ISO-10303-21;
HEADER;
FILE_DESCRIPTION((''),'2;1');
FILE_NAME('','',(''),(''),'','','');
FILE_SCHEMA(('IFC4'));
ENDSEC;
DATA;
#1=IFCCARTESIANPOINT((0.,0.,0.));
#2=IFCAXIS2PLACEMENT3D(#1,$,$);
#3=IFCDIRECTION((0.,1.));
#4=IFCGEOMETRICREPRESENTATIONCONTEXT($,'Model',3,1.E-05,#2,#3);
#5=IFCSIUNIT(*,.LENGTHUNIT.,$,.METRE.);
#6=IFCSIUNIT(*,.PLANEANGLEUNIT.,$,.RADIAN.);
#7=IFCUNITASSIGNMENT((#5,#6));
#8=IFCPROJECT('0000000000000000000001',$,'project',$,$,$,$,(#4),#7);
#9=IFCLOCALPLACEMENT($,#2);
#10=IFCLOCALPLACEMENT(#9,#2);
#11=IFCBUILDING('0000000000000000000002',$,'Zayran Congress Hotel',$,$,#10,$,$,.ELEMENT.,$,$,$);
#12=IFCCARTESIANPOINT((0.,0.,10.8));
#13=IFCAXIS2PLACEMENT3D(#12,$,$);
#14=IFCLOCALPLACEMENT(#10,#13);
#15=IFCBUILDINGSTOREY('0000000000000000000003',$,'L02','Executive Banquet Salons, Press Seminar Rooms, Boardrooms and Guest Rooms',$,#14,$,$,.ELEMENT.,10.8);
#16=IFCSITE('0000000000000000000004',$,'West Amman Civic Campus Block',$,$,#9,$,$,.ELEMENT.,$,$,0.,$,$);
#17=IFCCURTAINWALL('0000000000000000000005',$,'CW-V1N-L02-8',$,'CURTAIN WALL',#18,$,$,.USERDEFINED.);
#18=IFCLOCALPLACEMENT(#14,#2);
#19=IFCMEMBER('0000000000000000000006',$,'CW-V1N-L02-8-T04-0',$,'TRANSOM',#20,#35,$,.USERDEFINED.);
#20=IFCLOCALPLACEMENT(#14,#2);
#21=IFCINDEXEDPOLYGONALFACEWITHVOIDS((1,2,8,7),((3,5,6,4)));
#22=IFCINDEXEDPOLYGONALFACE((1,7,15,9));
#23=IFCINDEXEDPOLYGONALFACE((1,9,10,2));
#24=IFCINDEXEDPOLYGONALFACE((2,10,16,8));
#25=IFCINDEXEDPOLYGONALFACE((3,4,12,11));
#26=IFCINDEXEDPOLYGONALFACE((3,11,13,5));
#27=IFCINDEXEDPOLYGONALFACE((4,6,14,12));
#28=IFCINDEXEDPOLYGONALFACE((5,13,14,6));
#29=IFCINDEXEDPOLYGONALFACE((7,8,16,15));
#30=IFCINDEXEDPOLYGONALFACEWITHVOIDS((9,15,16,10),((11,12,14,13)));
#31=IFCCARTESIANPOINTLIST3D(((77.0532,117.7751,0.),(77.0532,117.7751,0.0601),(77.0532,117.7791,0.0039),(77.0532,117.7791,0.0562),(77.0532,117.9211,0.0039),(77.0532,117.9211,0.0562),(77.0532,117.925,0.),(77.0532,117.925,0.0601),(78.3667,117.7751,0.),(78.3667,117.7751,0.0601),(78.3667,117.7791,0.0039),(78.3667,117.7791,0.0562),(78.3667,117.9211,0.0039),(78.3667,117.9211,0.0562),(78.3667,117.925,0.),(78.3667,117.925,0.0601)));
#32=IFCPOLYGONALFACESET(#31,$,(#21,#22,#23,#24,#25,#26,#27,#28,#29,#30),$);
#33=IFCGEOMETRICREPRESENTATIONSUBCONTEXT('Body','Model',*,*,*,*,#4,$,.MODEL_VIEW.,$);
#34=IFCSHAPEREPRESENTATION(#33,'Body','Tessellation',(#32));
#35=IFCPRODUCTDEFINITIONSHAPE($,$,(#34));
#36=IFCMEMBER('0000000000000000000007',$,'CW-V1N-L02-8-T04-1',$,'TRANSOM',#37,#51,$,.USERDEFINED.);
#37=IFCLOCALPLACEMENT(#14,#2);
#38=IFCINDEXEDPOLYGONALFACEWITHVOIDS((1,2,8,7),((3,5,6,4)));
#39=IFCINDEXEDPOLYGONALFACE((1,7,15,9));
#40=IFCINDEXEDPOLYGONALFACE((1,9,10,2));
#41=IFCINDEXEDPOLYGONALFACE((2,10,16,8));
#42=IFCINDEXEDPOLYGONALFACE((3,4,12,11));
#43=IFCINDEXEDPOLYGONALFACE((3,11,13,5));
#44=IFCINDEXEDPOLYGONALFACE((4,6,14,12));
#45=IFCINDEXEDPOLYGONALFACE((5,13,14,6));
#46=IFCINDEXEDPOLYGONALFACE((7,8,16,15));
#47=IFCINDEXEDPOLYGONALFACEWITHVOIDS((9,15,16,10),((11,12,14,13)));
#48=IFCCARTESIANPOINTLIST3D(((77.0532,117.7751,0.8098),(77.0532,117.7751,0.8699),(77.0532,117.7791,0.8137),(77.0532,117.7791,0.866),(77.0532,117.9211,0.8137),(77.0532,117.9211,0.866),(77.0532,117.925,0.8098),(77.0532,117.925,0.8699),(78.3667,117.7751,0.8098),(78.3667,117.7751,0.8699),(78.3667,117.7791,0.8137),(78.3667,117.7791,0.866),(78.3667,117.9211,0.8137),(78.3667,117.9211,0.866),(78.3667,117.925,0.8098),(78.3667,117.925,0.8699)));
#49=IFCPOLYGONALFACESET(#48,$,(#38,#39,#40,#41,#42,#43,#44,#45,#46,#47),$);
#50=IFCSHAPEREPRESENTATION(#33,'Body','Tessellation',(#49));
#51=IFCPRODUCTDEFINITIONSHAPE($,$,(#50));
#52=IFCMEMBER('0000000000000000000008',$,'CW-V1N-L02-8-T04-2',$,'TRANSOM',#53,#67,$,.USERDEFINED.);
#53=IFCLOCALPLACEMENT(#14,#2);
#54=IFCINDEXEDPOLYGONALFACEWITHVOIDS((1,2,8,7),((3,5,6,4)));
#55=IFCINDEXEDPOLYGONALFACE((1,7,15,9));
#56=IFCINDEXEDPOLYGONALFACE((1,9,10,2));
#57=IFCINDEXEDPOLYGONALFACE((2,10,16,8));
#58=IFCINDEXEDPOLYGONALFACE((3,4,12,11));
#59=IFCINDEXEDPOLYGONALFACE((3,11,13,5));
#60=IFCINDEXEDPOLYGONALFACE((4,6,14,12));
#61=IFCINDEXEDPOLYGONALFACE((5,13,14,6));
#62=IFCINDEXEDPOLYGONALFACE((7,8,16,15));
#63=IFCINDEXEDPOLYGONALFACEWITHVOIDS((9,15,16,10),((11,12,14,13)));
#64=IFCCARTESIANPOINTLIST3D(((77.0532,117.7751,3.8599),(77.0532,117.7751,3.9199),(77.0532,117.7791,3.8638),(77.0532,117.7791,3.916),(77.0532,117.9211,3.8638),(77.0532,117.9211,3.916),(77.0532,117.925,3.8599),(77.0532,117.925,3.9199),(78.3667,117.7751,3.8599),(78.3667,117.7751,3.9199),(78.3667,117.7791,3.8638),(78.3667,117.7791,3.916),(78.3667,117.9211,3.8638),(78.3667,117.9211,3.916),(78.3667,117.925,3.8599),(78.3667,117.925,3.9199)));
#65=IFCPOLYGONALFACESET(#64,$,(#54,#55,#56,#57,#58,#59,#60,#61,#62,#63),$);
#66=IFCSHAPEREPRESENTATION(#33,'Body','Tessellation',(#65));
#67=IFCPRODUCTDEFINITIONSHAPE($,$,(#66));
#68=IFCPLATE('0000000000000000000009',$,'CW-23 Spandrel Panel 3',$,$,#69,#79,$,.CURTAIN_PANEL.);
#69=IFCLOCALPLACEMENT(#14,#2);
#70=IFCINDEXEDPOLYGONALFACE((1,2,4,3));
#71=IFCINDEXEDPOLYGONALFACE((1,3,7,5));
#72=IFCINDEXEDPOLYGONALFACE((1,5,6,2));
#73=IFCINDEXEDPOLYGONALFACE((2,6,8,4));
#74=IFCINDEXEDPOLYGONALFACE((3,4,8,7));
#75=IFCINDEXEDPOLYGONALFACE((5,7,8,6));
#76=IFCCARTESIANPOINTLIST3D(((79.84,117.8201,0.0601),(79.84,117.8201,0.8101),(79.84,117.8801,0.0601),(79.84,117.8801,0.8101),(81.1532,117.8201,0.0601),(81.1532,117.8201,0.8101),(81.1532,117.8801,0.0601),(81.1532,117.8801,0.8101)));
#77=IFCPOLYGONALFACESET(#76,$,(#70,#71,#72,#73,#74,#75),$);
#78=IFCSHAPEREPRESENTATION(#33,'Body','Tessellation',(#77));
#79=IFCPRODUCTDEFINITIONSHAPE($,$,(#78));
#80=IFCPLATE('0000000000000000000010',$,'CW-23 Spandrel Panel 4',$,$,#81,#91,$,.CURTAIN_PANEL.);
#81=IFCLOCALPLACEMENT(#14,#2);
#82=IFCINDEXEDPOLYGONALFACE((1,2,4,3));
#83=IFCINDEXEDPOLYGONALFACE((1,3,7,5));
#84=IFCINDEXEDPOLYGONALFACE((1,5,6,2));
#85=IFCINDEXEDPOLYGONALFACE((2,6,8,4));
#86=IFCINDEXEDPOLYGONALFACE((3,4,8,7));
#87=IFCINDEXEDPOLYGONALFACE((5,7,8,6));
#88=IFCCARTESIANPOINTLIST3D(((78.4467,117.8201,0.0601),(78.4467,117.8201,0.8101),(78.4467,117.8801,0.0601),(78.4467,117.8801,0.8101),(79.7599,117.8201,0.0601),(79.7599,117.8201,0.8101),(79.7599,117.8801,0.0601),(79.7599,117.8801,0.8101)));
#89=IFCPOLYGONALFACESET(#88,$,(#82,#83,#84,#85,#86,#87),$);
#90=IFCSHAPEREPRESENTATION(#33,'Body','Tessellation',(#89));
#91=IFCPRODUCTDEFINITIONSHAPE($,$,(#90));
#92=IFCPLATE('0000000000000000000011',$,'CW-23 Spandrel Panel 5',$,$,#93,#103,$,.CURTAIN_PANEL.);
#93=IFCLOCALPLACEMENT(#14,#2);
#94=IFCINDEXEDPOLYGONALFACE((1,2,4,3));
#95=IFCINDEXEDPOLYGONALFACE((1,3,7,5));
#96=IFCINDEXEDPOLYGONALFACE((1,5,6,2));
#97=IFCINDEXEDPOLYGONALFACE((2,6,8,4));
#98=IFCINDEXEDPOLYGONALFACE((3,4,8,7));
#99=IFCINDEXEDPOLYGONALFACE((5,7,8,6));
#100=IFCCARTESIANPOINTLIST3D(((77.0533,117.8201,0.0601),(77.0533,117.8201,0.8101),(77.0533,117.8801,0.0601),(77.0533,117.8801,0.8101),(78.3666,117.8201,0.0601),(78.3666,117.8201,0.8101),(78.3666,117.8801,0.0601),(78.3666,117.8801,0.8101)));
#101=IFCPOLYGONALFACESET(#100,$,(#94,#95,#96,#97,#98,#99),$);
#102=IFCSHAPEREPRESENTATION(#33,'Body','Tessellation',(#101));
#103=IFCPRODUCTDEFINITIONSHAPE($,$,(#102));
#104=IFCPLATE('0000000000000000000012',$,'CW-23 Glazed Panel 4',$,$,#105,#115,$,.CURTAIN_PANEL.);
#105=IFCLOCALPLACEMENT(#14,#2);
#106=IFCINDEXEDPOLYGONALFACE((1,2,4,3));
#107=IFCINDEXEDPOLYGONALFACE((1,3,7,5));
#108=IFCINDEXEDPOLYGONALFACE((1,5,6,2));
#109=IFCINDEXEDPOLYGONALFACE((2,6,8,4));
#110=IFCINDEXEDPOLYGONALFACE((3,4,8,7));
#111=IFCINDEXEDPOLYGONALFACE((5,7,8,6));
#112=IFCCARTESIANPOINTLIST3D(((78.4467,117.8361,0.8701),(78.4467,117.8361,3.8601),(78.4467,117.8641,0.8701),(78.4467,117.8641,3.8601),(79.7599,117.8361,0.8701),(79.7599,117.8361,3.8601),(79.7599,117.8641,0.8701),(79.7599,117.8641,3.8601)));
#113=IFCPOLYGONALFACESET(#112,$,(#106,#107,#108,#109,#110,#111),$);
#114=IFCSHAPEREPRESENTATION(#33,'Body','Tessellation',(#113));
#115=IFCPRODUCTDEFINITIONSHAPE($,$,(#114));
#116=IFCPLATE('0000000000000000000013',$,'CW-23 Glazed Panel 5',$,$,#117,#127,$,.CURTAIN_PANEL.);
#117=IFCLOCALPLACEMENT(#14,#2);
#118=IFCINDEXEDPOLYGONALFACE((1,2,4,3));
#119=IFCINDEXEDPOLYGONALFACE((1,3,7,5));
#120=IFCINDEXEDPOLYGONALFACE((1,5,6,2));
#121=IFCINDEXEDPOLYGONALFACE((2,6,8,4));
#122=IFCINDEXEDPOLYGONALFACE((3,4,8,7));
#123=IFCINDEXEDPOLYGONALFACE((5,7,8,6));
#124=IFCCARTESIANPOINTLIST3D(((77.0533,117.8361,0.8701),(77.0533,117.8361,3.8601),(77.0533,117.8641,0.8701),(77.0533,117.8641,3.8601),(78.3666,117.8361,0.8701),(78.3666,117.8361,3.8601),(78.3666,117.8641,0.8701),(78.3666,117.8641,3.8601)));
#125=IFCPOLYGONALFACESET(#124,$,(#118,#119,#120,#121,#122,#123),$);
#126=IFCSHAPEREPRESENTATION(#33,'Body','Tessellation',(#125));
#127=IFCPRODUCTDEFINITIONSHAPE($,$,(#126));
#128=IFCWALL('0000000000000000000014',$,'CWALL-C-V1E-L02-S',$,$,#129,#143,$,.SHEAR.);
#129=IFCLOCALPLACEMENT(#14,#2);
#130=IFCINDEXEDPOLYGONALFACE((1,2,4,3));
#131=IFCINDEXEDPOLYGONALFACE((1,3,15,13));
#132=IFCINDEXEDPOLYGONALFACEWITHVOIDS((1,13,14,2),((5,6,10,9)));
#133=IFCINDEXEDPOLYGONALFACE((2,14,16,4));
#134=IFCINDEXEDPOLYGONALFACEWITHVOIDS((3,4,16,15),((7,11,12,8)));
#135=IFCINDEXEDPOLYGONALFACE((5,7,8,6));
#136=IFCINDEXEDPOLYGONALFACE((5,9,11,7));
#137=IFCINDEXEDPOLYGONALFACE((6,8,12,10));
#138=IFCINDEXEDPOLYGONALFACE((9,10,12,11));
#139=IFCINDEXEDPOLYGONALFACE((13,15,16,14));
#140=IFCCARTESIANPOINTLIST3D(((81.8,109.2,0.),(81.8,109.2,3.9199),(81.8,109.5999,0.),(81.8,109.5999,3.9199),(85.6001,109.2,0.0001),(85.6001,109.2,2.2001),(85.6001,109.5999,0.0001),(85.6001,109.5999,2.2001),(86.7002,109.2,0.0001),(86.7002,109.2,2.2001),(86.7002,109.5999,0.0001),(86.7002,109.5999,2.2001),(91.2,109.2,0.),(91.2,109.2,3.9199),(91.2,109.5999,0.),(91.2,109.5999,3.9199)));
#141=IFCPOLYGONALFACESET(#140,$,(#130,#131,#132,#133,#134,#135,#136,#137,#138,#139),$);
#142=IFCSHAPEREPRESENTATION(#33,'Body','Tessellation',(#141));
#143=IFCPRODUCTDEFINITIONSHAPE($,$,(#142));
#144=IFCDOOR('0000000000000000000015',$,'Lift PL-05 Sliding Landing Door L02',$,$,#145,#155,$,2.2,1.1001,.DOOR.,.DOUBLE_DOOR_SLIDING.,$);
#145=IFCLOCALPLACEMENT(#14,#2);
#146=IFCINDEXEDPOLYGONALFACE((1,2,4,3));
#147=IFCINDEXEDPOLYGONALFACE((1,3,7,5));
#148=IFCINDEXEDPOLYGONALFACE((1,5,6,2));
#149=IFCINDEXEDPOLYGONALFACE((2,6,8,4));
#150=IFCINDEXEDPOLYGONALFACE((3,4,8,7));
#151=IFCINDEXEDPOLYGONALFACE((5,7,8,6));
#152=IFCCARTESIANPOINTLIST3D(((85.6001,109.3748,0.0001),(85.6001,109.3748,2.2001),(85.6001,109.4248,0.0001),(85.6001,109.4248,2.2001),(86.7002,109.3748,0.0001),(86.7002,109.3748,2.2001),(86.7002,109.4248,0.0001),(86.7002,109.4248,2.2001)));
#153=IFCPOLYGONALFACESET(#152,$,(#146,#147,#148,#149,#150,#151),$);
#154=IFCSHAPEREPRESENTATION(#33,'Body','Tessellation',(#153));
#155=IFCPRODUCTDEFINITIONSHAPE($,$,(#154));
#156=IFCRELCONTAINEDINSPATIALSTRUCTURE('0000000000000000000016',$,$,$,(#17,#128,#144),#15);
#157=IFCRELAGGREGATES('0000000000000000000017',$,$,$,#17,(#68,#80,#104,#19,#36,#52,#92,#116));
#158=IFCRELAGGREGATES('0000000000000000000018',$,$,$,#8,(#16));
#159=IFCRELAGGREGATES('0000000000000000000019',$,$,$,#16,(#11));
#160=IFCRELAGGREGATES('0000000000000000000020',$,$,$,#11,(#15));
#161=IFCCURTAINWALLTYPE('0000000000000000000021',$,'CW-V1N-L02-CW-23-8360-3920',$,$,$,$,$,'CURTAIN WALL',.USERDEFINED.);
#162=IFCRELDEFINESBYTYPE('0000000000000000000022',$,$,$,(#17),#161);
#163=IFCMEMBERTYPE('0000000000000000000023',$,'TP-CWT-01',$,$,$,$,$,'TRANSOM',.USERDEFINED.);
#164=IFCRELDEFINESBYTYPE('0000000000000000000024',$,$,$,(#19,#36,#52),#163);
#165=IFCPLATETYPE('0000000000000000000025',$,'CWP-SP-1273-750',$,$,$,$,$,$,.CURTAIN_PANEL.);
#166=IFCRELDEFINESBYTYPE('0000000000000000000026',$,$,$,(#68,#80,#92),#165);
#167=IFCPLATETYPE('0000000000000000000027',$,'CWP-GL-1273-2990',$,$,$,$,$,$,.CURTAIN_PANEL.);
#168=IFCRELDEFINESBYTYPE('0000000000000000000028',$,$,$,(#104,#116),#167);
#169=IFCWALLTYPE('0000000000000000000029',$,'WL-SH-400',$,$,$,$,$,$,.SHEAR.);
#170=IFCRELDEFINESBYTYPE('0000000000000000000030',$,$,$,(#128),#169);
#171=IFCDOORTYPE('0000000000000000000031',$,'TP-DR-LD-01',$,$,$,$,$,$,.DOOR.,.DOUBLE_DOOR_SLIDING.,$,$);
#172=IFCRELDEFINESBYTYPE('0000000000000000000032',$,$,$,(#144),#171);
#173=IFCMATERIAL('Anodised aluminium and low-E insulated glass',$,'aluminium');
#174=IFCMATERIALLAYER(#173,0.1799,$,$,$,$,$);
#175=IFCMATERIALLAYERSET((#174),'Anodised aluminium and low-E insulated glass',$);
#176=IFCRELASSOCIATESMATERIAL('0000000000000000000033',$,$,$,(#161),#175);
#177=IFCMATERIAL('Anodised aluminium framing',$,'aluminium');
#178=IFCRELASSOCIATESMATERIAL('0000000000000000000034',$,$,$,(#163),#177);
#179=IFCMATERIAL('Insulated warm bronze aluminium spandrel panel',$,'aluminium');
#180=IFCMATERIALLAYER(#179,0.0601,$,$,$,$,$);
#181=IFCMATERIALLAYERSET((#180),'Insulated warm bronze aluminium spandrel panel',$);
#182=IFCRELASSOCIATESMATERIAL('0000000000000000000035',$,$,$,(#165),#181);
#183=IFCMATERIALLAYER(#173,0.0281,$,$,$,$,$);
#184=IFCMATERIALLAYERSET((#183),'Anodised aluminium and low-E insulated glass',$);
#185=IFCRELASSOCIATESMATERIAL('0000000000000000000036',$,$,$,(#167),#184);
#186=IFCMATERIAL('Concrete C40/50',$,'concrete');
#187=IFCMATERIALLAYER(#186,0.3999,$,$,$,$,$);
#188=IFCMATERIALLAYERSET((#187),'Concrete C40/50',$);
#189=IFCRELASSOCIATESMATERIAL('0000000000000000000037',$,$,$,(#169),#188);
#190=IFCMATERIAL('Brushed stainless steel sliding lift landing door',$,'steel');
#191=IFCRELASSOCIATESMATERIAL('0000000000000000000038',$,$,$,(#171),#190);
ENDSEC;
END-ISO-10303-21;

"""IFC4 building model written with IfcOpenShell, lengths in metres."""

from ifc_helpers import new_model, si_unit, direction, frame, frame_2d, origin, origin_2d, place, context, subcontext, project, spatial, rectangle, hollow_rectangle, extrude, material, layer, layer_set, material_profile, profile_set, type_object, element, fill, aggregate, save


model = new_model("IFC4")

# Units and contexts
model_context = context("Model", 3, precision=1e-05, world=origin(), true_north=direction((0.0, 1.0)))
body_context = subcontext(model_context, "Body", "Model", "MODEL_VIEW")
ifc_project = project(units=[si_unit("LENGTHUNIT", "METRE"), si_unit("PLANEANGLEUNIT", "RADIAN")], contexts=[model_context])

# Site, building, storey
site_placement = place(None, origin())
site = spatial("IfcSite", under=ifc_project, at=site_placement, Name="West Amman Civic Campus Block", CompositionType="ELEMENT", RefElevation=0.0)
building_placement = place(site_placement, origin())
building = spatial("IfcBuilding", under=site, at=building_placement, Name="Zayran Congress Hotel", CompositionType="ELEMENT")
storey_placement = place(building_placement, frame((0.0, 0.0, 10.8)))
storey = spatial("IfcBuildingStorey", under=building, at=storey_placement, Name="L02", Description="Executive Banquet Salons, Press Seminar Rooms, Boardrooms and Guest Rooms", CompositionType="ELEMENT", Elevation=10.8)

# Curtain wall, members, plates
ifc_material_1 = material(Name="Anodised aluminium and low-E insulated glass", Category="aluminium")
ifc_layer_1 = layer(ifc_material_1, 0.1799)
ifc_layer_set_1 = layer_set([ifc_layer_1], Name="Anodised aluminium and low-E insulated glass")
curtain_wall_type = type_object("IfcCurtainWallType", Name="CW-V1N-L02-CW-23-8360-3920", ElementType="CURTAIN WALL", PredefinedType="USERDEFINED", material=ifc_layer_set_1)
curtain_wall_placement = place(storey_placement, origin())
curtain_wall = element("IfcCurtainWall", 1, at=curtain_wall_placement, inside=storey, type_object=curtain_wall_type, Name="CW-V1N-L02-8", ObjectType="CURTAIN WALL", PredefinedType="USERDEFINED")
ifc_material_2 = material(Name="Anodised aluminium framing", Category="aluminium")
ifc_material_profile_1 = material_profile(ifc_material_2, hollow_rectangle(XDim=0.0601, YDim=0.1499, WallThickness=0.0039, at=origin_2d()), Name="RHS 150x60x4")
ifc_profile_set_1 = profile_set([ifc_material_profile_1], Name="Anodised aluminium framing")
member_type_1 = type_object("IfcMemberType", Name="TP-CWT-01", ElementType="TRANSOM", PredefinedType="USERDEFINED", material=ifc_profile_set_1)
member_1_placement = place(storey_placement, frame((78.3667, 117.8501, 0.03), z_axis=(-1.0, 0.0, 0.0), x_axis=(0.0, 0.0, 1.0)))
member_1 = element("IfcMember", 2, at=member_1_placement, type_object=member_type_1, Name="CW-V1N-L02-8-T04-0", ObjectType="TRANSOM", PredefinedType="USERDEFINED", context=body_context, shape_type="SweptSolid", body=[
    extrude(hollow_rectangle(XDim=0.0601, YDim=0.1499, WallThickness=0.0039, at=origin_2d()), origin(), (0.0, 0.0, 1.0), 1.3135),
])
member_2_placement = place(storey_placement, frame((78.3667, 117.8501, 0.8398), z_axis=(-1.0, 0.0, 0.0), x_axis=(0.0, 0.0, 1.0)))
member_2 = element("IfcMember", 3, at=member_2_placement, type_object=member_type_1, Name="CW-V1N-L02-8-T04-1", ObjectType="TRANSOM", PredefinedType="USERDEFINED", context=body_context, shape_type="SweptSolid", body=[
    extrude(hollow_rectangle(XDim=0.0601, YDim=0.1499, WallThickness=0.0039, at=origin_2d()), origin(), (0.0, 0.0, 1.0), 1.3135),
])
member_3_placement = place(storey_placement, frame((78.3667, 117.8501, 3.8899), z_axis=(-1.0, 0.0, 0.0), x_axis=(0.0, 0.0, 1.0)))
member_3 = element("IfcMember", 4, at=member_3_placement, type_object=member_type_1, Name="CW-V1N-L02-8-T04-2", ObjectType="TRANSOM", PredefinedType="USERDEFINED", context=body_context, shape_type="SweptSolid", body=[
    extrude(hollow_rectangle(XDim=0.0601, YDim=0.1499, WallThickness=0.0039, at=origin_2d()), origin(), (0.0, 0.0, 1.0), 1.3135),
])
ifc_material_3 = material(Name="Insulated warm bronze aluminium spandrel panel", Category="aluminium")
ifc_layer_2 = layer(ifc_material_3, 0.0601)
ifc_layer_set_2 = layer_set([ifc_layer_2], Name="Insulated warm bronze aluminium spandrel panel")
plate_type_1 = type_object("IfcPlateType", Name="CWP-SP-1273-750", PredefinedType="CURTAIN_PANEL", material=ifc_layer_set_2)
plate_1_placement = place(storey_placement, frame((80.4966, 117.8501, 0.0601), z_axis=(0.0, 0.0, 1.0), x_axis=(1.0, 0.0, 0.0)))
plate_1 = element("IfcPlate", 5, at=plate_1_placement, type_object=plate_type_1, Name="CW-23 Spandrel Panel 3", PredefinedType="CURTAIN_PANEL", context=body_context, shape_type="SweptSolid", body=[
    extrude(rectangle(XDim=1.3132, YDim=0.0601, at=origin_2d()), origin(), (0.0, 0.0, 1.0), 0.75),
])
plate_2_placement = place(storey_placement, frame((79.1033, 117.8501, 0.0601), z_axis=(0.0, 0.0, 1.0), x_axis=(1.0, 0.0, 0.0)))
plate_2 = element("IfcPlate", 6, at=plate_2_placement, type_object=plate_type_1, Name="CW-23 Spandrel Panel 4", PredefinedType="CURTAIN_PANEL", context=body_context, shape_type="SweptSolid", body=[
    extrude(rectangle(XDim=1.3132, YDim=0.0601, at=origin_2d()), origin(), (0.0, 0.0, 1.0), 0.75),
])
plate_3_placement = place(storey_placement, frame((77.71, 117.8501, 0.0601), z_axis=(0.0, 0.0, 1.0), x_axis=(1.0, 0.0, 0.0)))
plate_3 = element("IfcPlate", 7, at=plate_3_placement, type_object=plate_type_1, Name="CW-23 Spandrel Panel 5", PredefinedType="CURTAIN_PANEL", context=body_context, shape_type="SweptSolid", body=[
    extrude(rectangle(XDim=1.3132, YDim=0.0601, at=origin_2d()), origin(), (0.0, 0.0, 1.0), 0.75),
])
ifc_layer_3 = layer(ifc_material_1, 0.0281)
ifc_layer_set_3 = layer_set([ifc_layer_3], Name="Anodised aluminium and low-E insulated glass")
plate_type_2 = type_object("IfcPlateType", Name="CWP-GL-1273-2990", PredefinedType="CURTAIN_PANEL", material=ifc_layer_set_3)
plate_4_placement = place(storey_placement, frame((79.1033, 117.8501, 0.8701), z_axis=(0.0, 0.0, 1.0), x_axis=(1.0, 0.0, 0.0)))
plate_4 = element("IfcPlate", 8, at=plate_4_placement, type_object=plate_type_2, Name="CW-23 Glazed Panel 4", PredefinedType="CURTAIN_PANEL", context=body_context, shape_type="SweptSolid", body=[
    extrude(rectangle(XDim=1.3132, YDim=0.0281, at=origin_2d()), origin(), (0.0, 0.0, 1.0), 2.99),
])
plate_5_placement = place(storey_placement, frame((77.71, 117.8501, 0.8701), z_axis=(0.0, 0.0, 1.0), x_axis=(1.0, 0.0, 0.0)))
plate_5 = element("IfcPlate", 9, at=plate_5_placement, type_object=plate_type_2, Name="CW-23 Glazed Panel 5", PredefinedType="CURTAIN_PANEL", context=body_context, shape_type="SweptSolid", body=[
    extrude(rectangle(XDim=1.3132, YDim=0.0281, at=origin_2d()), origin(), (0.0, 0.0, 1.0), 2.99),
])
aggregate(curtain_wall, [plate_1, plate_2, plate_4, member_1, member_2, member_3, plate_3, plate_5])

# Wall, opening, door
ifc_material_4 = material(Name="Concrete C40/50", Category="concrete")
ifc_layer_4 = layer(ifc_material_4, 0.3999)
ifc_layer_set_4 = layer_set([ifc_layer_4], Name="Concrete C40/50")
wall_type_1 = type_object("IfcWallType", Name="WL-SH-400", PredefinedType="SHEAR", material=ifc_layer_set_4)
wall_1_placement = place(storey_placement, frame((81.8, 109.3999, 0.0), z_axis=(0.0, 0.0, 1.0), x_axis=(1.0, 0.0, 0.0)))
wall_1 = element("IfcWall", 10, at=wall_1_placement, inside=storey, type_object=wall_type_1, Name="CWALL-C-V1E-L02-S", PredefinedType="SHEAR", context=body_context, shape_type="SweptSolid", body=[
    extrude(rectangle(XDim=9.3999, YDim=0.3999, at=frame_2d((4.7, 0.0))), origin(), (0.0, 0.0, 1.0), 3.9199),
])
opening_1_placement = place(wall_1_placement, frame((3.8, 0.0, 0.0)))
opening_1 = element("IfcOpeningElement", 11, at=opening_1_placement, cuts=wall_1, PredefinedType="OPENING", context=body_context, shape_type="SweptSolid", body=[
    extrude(rectangle(XDim=1.1001, YDim=2.2, at=frame_2d((0.55, 1.1001))), frame((0.0, 0.21, 0.0), z_axis=(0.0, -1.0, 0.0), x_axis=(1.0, 0.0, 0.0)), (0.0, 0.0, 1.0), 0.4199),
])
ifc_material_5 = material(Name="Brushed stainless steel sliding lift landing door", Category="steel")
door_type_1 = type_object("IfcDoorType", Name="TP-DR-LD-01", OperationType="DOUBLE_DOOR_SLIDING", PredefinedType="DOOR", material=ifc_material_5)
door_1_placement = place(opening_1_placement, origin())
door_1 = element("IfcDoor", 12, at=door_1_placement, inside=storey, type_object=door_type_1, Name="Lift PL-05 Sliding Landing Door L02", OperationType="DOUBLE_DOOR_SLIDING", OverallHeight=2.2, OverallWidth=1.1001, PredefinedType="DOOR", context=body_context, shape_type="SweptSolid", body=[
    extrude(rectangle(XDim=1.1001, YDim=2.2, at=frame_2d((0.55, 1.1001))), frame((0.0, 0.0249, 0.0), z_axis=(0.0, -1.0, 0.0), x_axis=(1.0, 0.0, 0.0)), (0.0, 0.0, 1.0), 0.05),
])
fill(opening_1, door_1)

save(model, "model.ifc")
